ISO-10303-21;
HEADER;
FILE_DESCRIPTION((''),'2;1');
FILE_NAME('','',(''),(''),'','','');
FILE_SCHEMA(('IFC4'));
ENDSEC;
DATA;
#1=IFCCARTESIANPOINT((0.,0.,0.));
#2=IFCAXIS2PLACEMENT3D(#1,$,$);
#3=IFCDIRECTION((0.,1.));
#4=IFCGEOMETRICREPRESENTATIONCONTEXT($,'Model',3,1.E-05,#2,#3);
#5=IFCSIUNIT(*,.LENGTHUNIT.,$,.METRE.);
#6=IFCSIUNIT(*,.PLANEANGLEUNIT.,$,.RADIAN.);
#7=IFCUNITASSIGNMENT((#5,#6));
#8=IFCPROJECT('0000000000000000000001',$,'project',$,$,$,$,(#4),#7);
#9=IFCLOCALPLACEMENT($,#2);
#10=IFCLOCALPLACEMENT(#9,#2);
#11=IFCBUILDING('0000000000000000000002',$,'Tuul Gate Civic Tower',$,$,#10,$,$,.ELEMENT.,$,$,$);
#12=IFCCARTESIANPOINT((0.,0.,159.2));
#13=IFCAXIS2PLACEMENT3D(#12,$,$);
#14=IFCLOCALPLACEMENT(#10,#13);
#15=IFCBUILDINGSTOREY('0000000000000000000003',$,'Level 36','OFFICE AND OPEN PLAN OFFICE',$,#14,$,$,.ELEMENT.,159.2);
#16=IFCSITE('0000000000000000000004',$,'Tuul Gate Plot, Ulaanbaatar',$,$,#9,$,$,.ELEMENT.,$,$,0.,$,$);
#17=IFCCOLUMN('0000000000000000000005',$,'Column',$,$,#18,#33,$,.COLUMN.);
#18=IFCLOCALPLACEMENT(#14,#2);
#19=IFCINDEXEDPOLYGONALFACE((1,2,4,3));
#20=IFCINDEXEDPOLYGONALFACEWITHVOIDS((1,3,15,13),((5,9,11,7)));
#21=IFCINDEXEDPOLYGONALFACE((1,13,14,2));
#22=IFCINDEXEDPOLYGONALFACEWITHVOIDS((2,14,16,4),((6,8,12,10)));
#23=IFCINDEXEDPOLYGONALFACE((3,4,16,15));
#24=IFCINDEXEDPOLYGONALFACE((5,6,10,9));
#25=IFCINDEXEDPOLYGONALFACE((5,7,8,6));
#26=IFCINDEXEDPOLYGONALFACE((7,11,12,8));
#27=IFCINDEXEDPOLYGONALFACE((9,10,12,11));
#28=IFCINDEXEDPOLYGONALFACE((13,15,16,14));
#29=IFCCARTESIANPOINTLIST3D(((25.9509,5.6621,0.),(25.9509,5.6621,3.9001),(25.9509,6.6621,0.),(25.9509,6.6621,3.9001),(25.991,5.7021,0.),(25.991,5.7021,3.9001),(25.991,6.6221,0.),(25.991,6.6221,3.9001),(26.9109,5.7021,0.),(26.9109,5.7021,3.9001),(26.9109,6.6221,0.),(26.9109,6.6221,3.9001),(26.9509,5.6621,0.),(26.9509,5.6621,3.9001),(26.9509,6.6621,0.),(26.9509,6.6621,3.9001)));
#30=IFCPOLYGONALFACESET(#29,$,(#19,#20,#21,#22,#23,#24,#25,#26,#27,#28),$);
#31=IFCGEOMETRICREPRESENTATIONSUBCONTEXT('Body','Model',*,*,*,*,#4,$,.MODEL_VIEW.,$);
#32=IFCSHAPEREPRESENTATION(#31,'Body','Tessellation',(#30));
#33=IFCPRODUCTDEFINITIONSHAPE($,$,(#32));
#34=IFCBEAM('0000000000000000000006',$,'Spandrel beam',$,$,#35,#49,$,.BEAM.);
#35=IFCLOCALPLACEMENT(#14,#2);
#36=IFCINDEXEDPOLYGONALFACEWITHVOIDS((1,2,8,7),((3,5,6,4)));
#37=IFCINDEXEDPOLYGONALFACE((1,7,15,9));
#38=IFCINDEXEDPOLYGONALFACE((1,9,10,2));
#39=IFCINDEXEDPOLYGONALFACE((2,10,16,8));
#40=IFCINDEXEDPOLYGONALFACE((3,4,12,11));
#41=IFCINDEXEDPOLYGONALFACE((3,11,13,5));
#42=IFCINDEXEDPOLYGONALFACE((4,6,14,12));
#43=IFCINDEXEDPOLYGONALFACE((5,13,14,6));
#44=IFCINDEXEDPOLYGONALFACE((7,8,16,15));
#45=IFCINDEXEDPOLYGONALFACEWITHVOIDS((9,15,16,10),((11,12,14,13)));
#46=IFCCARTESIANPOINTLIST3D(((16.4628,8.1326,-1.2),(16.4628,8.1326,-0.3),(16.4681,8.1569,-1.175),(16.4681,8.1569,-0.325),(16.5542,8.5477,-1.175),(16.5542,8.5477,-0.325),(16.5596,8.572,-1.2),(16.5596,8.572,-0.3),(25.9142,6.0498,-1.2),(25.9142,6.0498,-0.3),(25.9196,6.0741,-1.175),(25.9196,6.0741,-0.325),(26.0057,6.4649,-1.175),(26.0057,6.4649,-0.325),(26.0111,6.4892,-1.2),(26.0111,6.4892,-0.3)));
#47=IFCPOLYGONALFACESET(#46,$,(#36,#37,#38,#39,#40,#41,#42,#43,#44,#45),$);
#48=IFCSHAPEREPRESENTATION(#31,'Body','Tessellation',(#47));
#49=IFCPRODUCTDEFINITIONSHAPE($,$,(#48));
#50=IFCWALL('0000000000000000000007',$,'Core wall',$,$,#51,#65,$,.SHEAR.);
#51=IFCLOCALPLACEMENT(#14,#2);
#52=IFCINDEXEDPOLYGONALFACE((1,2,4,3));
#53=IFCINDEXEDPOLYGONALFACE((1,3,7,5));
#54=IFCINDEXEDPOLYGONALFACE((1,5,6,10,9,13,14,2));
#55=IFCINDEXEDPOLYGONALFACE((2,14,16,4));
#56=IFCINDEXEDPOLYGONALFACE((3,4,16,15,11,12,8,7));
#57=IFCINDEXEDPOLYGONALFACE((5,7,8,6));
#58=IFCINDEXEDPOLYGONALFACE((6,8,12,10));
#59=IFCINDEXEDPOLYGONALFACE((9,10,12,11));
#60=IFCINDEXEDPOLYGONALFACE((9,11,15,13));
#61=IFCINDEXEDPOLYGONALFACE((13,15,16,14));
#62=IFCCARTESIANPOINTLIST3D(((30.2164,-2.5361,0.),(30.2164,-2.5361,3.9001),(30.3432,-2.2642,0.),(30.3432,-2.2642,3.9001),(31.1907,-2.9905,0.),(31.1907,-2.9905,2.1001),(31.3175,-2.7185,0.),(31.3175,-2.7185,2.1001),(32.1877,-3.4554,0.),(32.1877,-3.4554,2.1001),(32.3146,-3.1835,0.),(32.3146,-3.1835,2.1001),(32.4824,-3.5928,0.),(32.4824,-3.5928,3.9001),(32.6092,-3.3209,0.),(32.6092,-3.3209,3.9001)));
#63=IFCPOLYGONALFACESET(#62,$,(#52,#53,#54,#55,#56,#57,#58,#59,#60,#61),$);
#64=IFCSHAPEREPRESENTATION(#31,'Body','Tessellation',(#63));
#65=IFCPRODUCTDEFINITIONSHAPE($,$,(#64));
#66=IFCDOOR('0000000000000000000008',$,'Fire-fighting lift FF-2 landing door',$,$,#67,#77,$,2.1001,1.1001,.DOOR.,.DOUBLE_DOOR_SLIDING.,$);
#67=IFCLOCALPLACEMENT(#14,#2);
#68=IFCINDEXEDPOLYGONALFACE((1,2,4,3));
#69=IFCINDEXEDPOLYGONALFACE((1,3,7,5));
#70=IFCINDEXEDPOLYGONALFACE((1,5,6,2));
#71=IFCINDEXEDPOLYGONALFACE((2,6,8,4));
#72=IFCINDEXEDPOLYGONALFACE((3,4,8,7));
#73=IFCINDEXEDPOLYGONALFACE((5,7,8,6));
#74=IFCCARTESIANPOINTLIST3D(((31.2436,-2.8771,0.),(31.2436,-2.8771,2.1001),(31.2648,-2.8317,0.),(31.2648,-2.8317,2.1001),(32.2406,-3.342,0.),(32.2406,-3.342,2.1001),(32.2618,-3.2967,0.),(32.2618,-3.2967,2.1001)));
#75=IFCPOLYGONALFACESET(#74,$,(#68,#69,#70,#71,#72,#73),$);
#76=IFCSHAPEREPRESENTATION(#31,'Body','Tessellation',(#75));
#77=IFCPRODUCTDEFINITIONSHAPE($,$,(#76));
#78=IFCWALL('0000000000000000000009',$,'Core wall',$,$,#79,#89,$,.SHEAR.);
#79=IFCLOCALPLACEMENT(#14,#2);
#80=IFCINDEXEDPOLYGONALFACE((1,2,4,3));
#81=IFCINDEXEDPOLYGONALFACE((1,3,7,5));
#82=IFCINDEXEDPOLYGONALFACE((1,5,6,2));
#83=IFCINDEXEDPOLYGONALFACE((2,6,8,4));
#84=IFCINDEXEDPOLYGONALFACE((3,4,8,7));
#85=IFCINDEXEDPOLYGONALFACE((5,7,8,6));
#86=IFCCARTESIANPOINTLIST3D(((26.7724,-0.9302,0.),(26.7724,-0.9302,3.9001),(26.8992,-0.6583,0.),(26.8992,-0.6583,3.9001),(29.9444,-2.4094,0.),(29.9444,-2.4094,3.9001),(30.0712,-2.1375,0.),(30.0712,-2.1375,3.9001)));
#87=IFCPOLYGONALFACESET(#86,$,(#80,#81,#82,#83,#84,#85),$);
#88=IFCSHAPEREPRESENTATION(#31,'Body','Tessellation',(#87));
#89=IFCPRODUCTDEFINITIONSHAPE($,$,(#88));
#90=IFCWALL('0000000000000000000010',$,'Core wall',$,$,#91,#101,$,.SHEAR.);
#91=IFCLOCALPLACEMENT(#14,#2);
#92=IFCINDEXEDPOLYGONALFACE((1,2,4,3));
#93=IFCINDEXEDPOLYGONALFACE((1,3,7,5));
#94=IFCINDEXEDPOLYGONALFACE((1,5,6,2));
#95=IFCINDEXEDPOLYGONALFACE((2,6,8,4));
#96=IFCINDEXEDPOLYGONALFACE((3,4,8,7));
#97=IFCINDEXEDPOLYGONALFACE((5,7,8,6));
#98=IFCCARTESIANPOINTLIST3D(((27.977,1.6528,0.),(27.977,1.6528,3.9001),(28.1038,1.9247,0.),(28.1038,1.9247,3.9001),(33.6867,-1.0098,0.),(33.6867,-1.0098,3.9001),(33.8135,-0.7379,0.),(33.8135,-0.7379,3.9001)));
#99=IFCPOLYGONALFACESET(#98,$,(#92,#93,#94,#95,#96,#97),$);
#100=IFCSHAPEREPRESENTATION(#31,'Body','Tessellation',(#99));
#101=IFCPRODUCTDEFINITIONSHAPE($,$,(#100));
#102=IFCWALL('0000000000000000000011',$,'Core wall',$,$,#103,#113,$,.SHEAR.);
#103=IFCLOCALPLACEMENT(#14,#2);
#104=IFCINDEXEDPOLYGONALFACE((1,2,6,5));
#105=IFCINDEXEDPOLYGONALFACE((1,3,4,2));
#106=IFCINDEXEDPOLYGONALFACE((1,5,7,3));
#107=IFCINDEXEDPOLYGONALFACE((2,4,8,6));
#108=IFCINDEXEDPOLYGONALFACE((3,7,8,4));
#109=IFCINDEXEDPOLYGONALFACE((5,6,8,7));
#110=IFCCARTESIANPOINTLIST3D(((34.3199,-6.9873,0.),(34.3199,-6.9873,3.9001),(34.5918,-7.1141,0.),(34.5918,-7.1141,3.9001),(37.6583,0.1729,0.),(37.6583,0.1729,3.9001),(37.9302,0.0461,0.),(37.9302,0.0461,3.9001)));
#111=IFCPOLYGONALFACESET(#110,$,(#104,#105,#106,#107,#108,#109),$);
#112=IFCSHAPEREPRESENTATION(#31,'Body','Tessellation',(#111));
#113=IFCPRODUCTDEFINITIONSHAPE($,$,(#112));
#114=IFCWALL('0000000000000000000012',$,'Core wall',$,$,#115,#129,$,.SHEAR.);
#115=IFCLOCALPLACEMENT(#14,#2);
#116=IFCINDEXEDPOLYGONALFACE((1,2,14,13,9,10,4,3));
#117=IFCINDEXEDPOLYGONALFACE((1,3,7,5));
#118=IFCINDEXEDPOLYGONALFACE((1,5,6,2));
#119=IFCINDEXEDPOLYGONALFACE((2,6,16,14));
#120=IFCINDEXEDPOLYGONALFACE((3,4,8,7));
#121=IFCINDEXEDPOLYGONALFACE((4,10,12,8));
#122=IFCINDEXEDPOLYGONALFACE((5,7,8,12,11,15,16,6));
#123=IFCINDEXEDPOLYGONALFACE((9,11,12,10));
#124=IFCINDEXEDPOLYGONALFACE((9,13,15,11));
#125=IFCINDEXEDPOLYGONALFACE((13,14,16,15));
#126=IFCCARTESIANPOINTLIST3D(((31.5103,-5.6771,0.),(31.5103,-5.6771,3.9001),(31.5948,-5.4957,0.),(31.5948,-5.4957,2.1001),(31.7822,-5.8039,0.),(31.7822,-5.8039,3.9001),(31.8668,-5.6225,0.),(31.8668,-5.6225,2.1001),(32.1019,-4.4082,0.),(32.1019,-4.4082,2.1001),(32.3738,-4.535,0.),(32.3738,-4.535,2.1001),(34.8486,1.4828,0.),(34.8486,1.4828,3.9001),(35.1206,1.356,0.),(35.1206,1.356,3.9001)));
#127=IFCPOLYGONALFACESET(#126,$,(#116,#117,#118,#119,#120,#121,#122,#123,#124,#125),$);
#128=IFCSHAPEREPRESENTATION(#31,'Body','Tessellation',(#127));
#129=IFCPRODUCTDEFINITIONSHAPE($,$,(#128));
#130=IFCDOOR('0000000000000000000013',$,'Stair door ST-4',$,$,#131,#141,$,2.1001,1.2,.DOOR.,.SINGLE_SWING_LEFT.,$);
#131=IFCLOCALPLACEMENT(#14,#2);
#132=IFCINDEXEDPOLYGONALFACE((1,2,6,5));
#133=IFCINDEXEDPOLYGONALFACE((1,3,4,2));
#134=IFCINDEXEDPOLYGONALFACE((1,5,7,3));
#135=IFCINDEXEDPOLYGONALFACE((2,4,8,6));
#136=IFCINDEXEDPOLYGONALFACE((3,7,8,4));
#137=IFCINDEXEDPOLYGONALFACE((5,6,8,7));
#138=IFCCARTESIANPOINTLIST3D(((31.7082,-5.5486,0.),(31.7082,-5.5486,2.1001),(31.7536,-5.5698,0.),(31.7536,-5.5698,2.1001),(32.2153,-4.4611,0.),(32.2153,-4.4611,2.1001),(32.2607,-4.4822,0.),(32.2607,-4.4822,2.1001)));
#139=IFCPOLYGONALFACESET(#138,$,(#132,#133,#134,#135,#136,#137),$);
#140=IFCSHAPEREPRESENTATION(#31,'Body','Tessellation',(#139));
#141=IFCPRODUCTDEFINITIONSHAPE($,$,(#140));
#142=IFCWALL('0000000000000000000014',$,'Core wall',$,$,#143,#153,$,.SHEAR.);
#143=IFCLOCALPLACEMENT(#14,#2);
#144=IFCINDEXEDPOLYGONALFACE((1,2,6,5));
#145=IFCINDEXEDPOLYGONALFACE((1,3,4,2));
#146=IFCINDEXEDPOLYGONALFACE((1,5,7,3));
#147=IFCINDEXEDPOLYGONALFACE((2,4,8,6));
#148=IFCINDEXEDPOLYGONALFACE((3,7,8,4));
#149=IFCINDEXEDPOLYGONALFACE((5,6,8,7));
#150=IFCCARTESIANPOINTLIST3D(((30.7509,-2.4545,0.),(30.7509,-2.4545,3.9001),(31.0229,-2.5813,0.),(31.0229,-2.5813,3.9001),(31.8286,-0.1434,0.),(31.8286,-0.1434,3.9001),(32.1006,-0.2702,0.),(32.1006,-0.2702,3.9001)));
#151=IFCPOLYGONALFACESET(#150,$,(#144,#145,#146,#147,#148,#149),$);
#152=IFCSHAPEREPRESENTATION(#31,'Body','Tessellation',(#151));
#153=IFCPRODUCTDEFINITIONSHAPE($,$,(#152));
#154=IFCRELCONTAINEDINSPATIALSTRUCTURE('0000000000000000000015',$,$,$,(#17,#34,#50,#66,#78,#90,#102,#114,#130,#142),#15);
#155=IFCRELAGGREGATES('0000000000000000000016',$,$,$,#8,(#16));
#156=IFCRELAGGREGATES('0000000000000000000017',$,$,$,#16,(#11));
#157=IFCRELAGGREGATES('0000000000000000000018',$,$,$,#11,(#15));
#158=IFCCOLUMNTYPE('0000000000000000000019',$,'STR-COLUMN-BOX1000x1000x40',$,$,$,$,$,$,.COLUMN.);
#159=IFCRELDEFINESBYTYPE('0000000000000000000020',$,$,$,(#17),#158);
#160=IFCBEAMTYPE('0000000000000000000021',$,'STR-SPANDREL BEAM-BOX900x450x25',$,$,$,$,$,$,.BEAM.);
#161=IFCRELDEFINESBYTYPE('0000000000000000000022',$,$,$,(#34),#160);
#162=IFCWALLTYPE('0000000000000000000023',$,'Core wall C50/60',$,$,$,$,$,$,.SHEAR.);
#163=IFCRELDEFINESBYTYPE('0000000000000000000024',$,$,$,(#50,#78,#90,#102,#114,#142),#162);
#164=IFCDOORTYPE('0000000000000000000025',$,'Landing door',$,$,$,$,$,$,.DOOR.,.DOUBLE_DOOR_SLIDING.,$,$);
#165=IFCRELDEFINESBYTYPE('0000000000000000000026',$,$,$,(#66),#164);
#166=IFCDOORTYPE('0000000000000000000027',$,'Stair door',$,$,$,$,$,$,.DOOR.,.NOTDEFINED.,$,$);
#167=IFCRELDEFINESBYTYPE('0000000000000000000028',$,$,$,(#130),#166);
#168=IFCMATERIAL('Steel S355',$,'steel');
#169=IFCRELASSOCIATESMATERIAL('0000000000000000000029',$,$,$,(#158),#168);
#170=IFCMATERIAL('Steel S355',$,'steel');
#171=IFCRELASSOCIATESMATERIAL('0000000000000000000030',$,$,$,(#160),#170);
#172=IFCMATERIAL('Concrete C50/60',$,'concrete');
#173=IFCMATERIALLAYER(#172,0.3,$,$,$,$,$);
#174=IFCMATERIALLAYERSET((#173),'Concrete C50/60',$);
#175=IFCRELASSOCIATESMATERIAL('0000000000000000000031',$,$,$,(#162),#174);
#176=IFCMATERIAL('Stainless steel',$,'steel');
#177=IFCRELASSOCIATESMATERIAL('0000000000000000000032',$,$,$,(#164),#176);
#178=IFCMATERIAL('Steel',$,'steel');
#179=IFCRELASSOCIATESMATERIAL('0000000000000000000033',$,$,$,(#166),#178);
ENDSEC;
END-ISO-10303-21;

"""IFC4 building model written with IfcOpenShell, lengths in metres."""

from ifc_helpers import new_model, si_unit, direction, frame, frame_2d, origin, origin_2d, place, context, subcontext, project, spatial, rectangle, hollow_rectangle, extrude, material, layer, layer_set, material_profile, profile_set, type_object, element, fill, save


model = new_model("IFC4")

# Units and contexts
model_context = context("Model", 3, precision=1e-05, world=origin(), true_north=direction((0.0, 1.0)))
body_context = subcontext(model_context, "Body", "Model", "MODEL_VIEW")
ifc_project = project(units=[si_unit("LENGTHUNIT", "METRE"), si_unit("PLANEANGLEUNIT", "RADIAN")], contexts=[model_context])

# Site, building, storey
site_placement = place(None, origin())
site = spatial("IfcSite", under=ifc_project, at=site_placement, Name="Tuul Gate Plot, Ulaanbaatar", CompositionType="ELEMENT", RefElevation=0.0)
building_placement = place(site_placement, origin())
building = spatial("IfcBuilding", under=site, at=building_placement, Name="Tuul Gate Civic Tower", CompositionType="ELEMENT")
storey_placement = place(building_placement, frame((0.0, 0.0, 159.2)))
storey = spatial("IfcBuildingStorey", under=building, at=storey_placement, Name="Level 36", Description="OFFICE AND OPEN PLAN OFFICE", CompositionType="ELEMENT", Elevation=159.2)

# Column
ifc_material_1 = material(Name="Steel S355", Category="steel")
ifc_material_profile_1 = material_profile(ifc_material_1, hollow_rectangle(XDim=1.0, YDim=1.0, WallThickness=0.04, at=origin_2d()), Name="BOX1000x1000x40")
ifc_profile_set_1 = profile_set([ifc_material_profile_1], Name="Steel S355")
column_type = type_object("IfcColumnType", Name="STR-COLUMN-BOX1000x1000x40", PredefinedType="COLUMN", material=ifc_profile_set_1)
column_placement = place(storey_placement, frame((26.4509, 6.1621, 0.0), z_axis=(0.0, 0.0, 1.0), x_axis=(1.0, 0.0, 0.0)))
element("IfcColumn", 1, at=column_placement, inside=storey, type_object=column_type, Name="Column", PredefinedType="COLUMN", context=body_context, shape_type="SweptSolid", body=[
    extrude(hollow_rectangle(XDim=1.0, YDim=1.0, WallThickness=0.04, at=origin_2d()), origin(), (0.0, 0.0, 1.0), 3.9001),
])

# Beam
ifc_material_2 = material(Name="Steel S355", Category="steel")
ifc_material_profile_2 = material_profile(ifc_material_2, hollow_rectangle(XDim=0.45, YDim=0.8999, WallThickness=0.0249, at=origin_2d()), Name="BOX900x450x25")
ifc_profile_set_2 = profile_set([ifc_material_profile_2], Name="Steel S355")
beam_type = type_object("IfcBeamType", Name="STR-SPANDREL BEAM-BOX900x450x25", PredefinedType="BEAM", material=ifc_profile_set_2)
beam_placement = place(storey_placement, frame((25.9626, 6.2695, -0.75), z_axis=(-0.97657, 0.215202, 0.0), x_axis=(-0.215202, -0.97657, 0.0)))
element("IfcBeam", 2, at=beam_placement, inside=storey, type_object=beam_type, Name="Spandrel beam", PredefinedType="BEAM", context=body_context, shape_type="SweptSolid", body=[
    extrude(hollow_rectangle(XDim=0.45, YDim=0.8999, WallThickness=0.0249, at=origin_2d()), origin(), (0.0, 0.0, 1.0), 9.6782),
])

# Wall, opening, door
ifc_material_3 = material(Name="Concrete C50/60", Category="concrete")
ifc_layer_1 = layer(ifc_material_3, 0.3)
ifc_layer_set_1 = layer_set([ifc_layer_1], Name="Concrete C50/60")
wall_type_1 = type_object("IfcWallType", Name="Core wall C50/60", PredefinedType="SHEAR", material=ifc_layer_set_1)
wall_1_placement = place(storey_placement, frame((32.5457, -3.4568, 0.0), z_axis=(0.0, 0.0, 1.0), x_axis=(-0.9063, 0.422634, 0.0)))
wall_1 = element("IfcWall", 3, at=wall_1_placement, inside=storey, type_object=wall_type_1, Name="Core wall", PredefinedType="SHEAR", context=body_context, shape_type="SweptSolid", body=[
    extrude(rectangle(XDim=2.5002, YDim=0.3, at=frame_2d((1.25, 0.0))), origin(), (0.0, 0.0, 1.0), 3.9001),
])
opening_1_placement = place(wall_1_placement, frame((0.325, 0.0, 0.0)))
opening_1 = element("IfcOpeningElement", 4, at=opening_1_placement, cuts=wall_1, PredefinedType="OPENING", context=body_context, shape_type="SweptSolid", body=[
    extrude(rectangle(XDim=1.1001, YDim=2.1001, at=frame_2d((0.55, 1.05))), frame((0.0, 0.1602, 0.0), z_axis=(0.0, -1.0, 0.0), x_axis=(1.0, 0.0, 0.0)), (0.0, 0.0, 1.0), 0.3201),
])
ifc_material_4 = material(Name="Stainless steel", Category="steel")
door_type_1 = type_object("IfcDoorType", Name="Landing door", OperationType="DOUBLE_DOOR_SLIDING", PredefinedType="DOOR", material=ifc_material_4)
door_1_placement = place(opening_1_placement, origin())
door_1 = element("IfcDoor", 5, at=door_1_placement, inside=storey, type_object=door_type_1, Name="Fire-fighting lift FF-2 landing door", OperationType="DOUBLE_DOOR_SLIDING", OverallHeight=2.1001, OverallWidth=1.1001, PredefinedType="DOOR", context=body_context, shape_type="SweptSolid", body=[
    extrude(rectangle(XDim=1.1001, YDim=2.1001, at=frame_2d((0.55, 1.05))), frame((0.0, 0.0249, 0.0), z_axis=(0.0, -1.0, 0.0), x_axis=(1.0, 0.0, 0.0)), (0.0, 0.0, 1.0), 0.05),
])
fill(opening_1, door_1)

# Walls
wall_2_placement = place(storey_placement, frame((30.0078, -2.2734, 0.0), z_axis=(0.0, 0.0, 1.0), x_axis=(-0.906301, 0.422633, 0.0)))
element("IfcWall", 6, at=wall_2_placement, inside=storey, type_object=wall_type_1, Name="Core wall", PredefinedType="SHEAR", context=body_context, shape_type="SweptSolid", body=[
    extrude(rectangle(XDim=3.5, YDim=0.3, at=frame_2d((1.75, 0.0))), origin(), (0.0, 0.0, 1.0), 3.9001),
])
wall_3_placement = place(storey_placement, frame((33.75, -0.8738, 0.0), z_axis=(0.0, 0.0, 1.0), x_axis=(-0.906301, 0.422633, 0.0)))
element("IfcWall", 7, at=wall_3_placement, inside=storey, type_object=wall_type_1, Name="Core wall", PredefinedType="SHEAR", context=body_context, shape_type="SweptSolid", body=[
    extrude(rectangle(XDim=6.3, YDim=0.3, at=frame_2d((3.1499, 0.0))), origin(), (0.0, 0.0, 1.0), 3.9001),
])
wall_4_placement = place(storey_placement, frame((34.4558, -7.0508, 0.0), z_axis=(0.0, 0.0, 1.0), x_axis=(0.422571, 0.90633, 0.0)))
element("IfcWall", 8, at=wall_4_placement, inside=storey, type_object=wall_type_1, Name="Core wall", PredefinedType="SHEAR", context=body_context, shape_type="SweptSolid", body=[
    extrude(rectangle(XDim=7.9001, YDim=0.3, at=frame_2d((3.9502, 0.0))), origin(), (0.0, 0.0, 1.0), 3.9001),
])

# Wall, opening, door
wall_5_placement = place(storey_placement, frame((31.6462, -5.7405, 0.0), z_axis=(0.0, 0.0, 1.0), x_axis=(0.422583, 0.906324, 0.0)))
wall_5 = element("IfcWall", 9, at=wall_5_placement, inside=storey, type_object=wall_type_1, Name="Core wall", PredefinedType="SHEAR", context=body_context, shape_type="SweptSolid", body=[
    extrude(rectangle(XDim=7.8999, YDim=0.3, at=frame_2d((3.95, 0.0))), origin(), (0.0, 0.0, 1.0), 3.9001),
])
opening_2_placement = place(wall_5_placement, frame((0.2, 0.0, 0.0)))
opening_2 = element("IfcOpeningElement", 10, at=opening_2_placement, cuts=wall_5, PredefinedType="OPENING", context=body_context, shape_type="SweptSolid", body=[
    extrude(rectangle(XDim=1.2, YDim=2.1001, at=frame_2d((0.6001, 1.05))), frame((0.0, 0.1602, 0.0), z_axis=(0.0, -1.0, 0.0), x_axis=(1.0, 0.0, 0.0)), (0.0, 0.0, 1.0), 0.3201),
])
ifc_material_5 = material(Name="Steel", Category="steel")
door_type_2 = type_object("IfcDoorType", Name="Stair door", OperationType="NOTDEFINED", PredefinedType="DOOR", material=ifc_material_5)
door_2_placement = place(opening_2_placement, origin())
door_2 = element("IfcDoor", 11, at=door_2_placement, inside=storey, type_object=door_type_2, Name="Stair door ST-4", OperationType="SINGLE_SWING_LEFT", OverallHeight=2.1001, OverallWidth=1.2, PredefinedType="DOOR", context=body_context, shape_type="SweptSolid", body=[
    extrude(rectangle(XDim=1.2, YDim=2.1001, at=frame_2d((0.6001, 1.05))), frame((0.0, 0.0249, 0.0), z_axis=(0.0, -1.0, 0.0), x_axis=(1.0, 0.0, 0.0)), (0.0, 0.0, 1.0), 0.05),
])
fill(opening_2, door_2)

# Wall
wall_6_placement = place(storey_placement, frame((30.887, -2.5178, 0.0), z_axis=(0.0, 0.0, 1.0), x_axis=(0.422613, 0.90631, 0.0)))
element("IfcWall", 12, at=wall_6_placement, inside=storey, type_object=wall_type_1, Name="Core wall", PredefinedType="SHEAR", context=body_context, shape_type="SweptSolid", body=[
    extrude(rectangle(XDim=2.55, YDim=0.3, at=frame_2d((1.2749, 0.0))), origin(), (0.0, 0.0, 1.0), 3.9001),
])

save(model, "model.ifc")
